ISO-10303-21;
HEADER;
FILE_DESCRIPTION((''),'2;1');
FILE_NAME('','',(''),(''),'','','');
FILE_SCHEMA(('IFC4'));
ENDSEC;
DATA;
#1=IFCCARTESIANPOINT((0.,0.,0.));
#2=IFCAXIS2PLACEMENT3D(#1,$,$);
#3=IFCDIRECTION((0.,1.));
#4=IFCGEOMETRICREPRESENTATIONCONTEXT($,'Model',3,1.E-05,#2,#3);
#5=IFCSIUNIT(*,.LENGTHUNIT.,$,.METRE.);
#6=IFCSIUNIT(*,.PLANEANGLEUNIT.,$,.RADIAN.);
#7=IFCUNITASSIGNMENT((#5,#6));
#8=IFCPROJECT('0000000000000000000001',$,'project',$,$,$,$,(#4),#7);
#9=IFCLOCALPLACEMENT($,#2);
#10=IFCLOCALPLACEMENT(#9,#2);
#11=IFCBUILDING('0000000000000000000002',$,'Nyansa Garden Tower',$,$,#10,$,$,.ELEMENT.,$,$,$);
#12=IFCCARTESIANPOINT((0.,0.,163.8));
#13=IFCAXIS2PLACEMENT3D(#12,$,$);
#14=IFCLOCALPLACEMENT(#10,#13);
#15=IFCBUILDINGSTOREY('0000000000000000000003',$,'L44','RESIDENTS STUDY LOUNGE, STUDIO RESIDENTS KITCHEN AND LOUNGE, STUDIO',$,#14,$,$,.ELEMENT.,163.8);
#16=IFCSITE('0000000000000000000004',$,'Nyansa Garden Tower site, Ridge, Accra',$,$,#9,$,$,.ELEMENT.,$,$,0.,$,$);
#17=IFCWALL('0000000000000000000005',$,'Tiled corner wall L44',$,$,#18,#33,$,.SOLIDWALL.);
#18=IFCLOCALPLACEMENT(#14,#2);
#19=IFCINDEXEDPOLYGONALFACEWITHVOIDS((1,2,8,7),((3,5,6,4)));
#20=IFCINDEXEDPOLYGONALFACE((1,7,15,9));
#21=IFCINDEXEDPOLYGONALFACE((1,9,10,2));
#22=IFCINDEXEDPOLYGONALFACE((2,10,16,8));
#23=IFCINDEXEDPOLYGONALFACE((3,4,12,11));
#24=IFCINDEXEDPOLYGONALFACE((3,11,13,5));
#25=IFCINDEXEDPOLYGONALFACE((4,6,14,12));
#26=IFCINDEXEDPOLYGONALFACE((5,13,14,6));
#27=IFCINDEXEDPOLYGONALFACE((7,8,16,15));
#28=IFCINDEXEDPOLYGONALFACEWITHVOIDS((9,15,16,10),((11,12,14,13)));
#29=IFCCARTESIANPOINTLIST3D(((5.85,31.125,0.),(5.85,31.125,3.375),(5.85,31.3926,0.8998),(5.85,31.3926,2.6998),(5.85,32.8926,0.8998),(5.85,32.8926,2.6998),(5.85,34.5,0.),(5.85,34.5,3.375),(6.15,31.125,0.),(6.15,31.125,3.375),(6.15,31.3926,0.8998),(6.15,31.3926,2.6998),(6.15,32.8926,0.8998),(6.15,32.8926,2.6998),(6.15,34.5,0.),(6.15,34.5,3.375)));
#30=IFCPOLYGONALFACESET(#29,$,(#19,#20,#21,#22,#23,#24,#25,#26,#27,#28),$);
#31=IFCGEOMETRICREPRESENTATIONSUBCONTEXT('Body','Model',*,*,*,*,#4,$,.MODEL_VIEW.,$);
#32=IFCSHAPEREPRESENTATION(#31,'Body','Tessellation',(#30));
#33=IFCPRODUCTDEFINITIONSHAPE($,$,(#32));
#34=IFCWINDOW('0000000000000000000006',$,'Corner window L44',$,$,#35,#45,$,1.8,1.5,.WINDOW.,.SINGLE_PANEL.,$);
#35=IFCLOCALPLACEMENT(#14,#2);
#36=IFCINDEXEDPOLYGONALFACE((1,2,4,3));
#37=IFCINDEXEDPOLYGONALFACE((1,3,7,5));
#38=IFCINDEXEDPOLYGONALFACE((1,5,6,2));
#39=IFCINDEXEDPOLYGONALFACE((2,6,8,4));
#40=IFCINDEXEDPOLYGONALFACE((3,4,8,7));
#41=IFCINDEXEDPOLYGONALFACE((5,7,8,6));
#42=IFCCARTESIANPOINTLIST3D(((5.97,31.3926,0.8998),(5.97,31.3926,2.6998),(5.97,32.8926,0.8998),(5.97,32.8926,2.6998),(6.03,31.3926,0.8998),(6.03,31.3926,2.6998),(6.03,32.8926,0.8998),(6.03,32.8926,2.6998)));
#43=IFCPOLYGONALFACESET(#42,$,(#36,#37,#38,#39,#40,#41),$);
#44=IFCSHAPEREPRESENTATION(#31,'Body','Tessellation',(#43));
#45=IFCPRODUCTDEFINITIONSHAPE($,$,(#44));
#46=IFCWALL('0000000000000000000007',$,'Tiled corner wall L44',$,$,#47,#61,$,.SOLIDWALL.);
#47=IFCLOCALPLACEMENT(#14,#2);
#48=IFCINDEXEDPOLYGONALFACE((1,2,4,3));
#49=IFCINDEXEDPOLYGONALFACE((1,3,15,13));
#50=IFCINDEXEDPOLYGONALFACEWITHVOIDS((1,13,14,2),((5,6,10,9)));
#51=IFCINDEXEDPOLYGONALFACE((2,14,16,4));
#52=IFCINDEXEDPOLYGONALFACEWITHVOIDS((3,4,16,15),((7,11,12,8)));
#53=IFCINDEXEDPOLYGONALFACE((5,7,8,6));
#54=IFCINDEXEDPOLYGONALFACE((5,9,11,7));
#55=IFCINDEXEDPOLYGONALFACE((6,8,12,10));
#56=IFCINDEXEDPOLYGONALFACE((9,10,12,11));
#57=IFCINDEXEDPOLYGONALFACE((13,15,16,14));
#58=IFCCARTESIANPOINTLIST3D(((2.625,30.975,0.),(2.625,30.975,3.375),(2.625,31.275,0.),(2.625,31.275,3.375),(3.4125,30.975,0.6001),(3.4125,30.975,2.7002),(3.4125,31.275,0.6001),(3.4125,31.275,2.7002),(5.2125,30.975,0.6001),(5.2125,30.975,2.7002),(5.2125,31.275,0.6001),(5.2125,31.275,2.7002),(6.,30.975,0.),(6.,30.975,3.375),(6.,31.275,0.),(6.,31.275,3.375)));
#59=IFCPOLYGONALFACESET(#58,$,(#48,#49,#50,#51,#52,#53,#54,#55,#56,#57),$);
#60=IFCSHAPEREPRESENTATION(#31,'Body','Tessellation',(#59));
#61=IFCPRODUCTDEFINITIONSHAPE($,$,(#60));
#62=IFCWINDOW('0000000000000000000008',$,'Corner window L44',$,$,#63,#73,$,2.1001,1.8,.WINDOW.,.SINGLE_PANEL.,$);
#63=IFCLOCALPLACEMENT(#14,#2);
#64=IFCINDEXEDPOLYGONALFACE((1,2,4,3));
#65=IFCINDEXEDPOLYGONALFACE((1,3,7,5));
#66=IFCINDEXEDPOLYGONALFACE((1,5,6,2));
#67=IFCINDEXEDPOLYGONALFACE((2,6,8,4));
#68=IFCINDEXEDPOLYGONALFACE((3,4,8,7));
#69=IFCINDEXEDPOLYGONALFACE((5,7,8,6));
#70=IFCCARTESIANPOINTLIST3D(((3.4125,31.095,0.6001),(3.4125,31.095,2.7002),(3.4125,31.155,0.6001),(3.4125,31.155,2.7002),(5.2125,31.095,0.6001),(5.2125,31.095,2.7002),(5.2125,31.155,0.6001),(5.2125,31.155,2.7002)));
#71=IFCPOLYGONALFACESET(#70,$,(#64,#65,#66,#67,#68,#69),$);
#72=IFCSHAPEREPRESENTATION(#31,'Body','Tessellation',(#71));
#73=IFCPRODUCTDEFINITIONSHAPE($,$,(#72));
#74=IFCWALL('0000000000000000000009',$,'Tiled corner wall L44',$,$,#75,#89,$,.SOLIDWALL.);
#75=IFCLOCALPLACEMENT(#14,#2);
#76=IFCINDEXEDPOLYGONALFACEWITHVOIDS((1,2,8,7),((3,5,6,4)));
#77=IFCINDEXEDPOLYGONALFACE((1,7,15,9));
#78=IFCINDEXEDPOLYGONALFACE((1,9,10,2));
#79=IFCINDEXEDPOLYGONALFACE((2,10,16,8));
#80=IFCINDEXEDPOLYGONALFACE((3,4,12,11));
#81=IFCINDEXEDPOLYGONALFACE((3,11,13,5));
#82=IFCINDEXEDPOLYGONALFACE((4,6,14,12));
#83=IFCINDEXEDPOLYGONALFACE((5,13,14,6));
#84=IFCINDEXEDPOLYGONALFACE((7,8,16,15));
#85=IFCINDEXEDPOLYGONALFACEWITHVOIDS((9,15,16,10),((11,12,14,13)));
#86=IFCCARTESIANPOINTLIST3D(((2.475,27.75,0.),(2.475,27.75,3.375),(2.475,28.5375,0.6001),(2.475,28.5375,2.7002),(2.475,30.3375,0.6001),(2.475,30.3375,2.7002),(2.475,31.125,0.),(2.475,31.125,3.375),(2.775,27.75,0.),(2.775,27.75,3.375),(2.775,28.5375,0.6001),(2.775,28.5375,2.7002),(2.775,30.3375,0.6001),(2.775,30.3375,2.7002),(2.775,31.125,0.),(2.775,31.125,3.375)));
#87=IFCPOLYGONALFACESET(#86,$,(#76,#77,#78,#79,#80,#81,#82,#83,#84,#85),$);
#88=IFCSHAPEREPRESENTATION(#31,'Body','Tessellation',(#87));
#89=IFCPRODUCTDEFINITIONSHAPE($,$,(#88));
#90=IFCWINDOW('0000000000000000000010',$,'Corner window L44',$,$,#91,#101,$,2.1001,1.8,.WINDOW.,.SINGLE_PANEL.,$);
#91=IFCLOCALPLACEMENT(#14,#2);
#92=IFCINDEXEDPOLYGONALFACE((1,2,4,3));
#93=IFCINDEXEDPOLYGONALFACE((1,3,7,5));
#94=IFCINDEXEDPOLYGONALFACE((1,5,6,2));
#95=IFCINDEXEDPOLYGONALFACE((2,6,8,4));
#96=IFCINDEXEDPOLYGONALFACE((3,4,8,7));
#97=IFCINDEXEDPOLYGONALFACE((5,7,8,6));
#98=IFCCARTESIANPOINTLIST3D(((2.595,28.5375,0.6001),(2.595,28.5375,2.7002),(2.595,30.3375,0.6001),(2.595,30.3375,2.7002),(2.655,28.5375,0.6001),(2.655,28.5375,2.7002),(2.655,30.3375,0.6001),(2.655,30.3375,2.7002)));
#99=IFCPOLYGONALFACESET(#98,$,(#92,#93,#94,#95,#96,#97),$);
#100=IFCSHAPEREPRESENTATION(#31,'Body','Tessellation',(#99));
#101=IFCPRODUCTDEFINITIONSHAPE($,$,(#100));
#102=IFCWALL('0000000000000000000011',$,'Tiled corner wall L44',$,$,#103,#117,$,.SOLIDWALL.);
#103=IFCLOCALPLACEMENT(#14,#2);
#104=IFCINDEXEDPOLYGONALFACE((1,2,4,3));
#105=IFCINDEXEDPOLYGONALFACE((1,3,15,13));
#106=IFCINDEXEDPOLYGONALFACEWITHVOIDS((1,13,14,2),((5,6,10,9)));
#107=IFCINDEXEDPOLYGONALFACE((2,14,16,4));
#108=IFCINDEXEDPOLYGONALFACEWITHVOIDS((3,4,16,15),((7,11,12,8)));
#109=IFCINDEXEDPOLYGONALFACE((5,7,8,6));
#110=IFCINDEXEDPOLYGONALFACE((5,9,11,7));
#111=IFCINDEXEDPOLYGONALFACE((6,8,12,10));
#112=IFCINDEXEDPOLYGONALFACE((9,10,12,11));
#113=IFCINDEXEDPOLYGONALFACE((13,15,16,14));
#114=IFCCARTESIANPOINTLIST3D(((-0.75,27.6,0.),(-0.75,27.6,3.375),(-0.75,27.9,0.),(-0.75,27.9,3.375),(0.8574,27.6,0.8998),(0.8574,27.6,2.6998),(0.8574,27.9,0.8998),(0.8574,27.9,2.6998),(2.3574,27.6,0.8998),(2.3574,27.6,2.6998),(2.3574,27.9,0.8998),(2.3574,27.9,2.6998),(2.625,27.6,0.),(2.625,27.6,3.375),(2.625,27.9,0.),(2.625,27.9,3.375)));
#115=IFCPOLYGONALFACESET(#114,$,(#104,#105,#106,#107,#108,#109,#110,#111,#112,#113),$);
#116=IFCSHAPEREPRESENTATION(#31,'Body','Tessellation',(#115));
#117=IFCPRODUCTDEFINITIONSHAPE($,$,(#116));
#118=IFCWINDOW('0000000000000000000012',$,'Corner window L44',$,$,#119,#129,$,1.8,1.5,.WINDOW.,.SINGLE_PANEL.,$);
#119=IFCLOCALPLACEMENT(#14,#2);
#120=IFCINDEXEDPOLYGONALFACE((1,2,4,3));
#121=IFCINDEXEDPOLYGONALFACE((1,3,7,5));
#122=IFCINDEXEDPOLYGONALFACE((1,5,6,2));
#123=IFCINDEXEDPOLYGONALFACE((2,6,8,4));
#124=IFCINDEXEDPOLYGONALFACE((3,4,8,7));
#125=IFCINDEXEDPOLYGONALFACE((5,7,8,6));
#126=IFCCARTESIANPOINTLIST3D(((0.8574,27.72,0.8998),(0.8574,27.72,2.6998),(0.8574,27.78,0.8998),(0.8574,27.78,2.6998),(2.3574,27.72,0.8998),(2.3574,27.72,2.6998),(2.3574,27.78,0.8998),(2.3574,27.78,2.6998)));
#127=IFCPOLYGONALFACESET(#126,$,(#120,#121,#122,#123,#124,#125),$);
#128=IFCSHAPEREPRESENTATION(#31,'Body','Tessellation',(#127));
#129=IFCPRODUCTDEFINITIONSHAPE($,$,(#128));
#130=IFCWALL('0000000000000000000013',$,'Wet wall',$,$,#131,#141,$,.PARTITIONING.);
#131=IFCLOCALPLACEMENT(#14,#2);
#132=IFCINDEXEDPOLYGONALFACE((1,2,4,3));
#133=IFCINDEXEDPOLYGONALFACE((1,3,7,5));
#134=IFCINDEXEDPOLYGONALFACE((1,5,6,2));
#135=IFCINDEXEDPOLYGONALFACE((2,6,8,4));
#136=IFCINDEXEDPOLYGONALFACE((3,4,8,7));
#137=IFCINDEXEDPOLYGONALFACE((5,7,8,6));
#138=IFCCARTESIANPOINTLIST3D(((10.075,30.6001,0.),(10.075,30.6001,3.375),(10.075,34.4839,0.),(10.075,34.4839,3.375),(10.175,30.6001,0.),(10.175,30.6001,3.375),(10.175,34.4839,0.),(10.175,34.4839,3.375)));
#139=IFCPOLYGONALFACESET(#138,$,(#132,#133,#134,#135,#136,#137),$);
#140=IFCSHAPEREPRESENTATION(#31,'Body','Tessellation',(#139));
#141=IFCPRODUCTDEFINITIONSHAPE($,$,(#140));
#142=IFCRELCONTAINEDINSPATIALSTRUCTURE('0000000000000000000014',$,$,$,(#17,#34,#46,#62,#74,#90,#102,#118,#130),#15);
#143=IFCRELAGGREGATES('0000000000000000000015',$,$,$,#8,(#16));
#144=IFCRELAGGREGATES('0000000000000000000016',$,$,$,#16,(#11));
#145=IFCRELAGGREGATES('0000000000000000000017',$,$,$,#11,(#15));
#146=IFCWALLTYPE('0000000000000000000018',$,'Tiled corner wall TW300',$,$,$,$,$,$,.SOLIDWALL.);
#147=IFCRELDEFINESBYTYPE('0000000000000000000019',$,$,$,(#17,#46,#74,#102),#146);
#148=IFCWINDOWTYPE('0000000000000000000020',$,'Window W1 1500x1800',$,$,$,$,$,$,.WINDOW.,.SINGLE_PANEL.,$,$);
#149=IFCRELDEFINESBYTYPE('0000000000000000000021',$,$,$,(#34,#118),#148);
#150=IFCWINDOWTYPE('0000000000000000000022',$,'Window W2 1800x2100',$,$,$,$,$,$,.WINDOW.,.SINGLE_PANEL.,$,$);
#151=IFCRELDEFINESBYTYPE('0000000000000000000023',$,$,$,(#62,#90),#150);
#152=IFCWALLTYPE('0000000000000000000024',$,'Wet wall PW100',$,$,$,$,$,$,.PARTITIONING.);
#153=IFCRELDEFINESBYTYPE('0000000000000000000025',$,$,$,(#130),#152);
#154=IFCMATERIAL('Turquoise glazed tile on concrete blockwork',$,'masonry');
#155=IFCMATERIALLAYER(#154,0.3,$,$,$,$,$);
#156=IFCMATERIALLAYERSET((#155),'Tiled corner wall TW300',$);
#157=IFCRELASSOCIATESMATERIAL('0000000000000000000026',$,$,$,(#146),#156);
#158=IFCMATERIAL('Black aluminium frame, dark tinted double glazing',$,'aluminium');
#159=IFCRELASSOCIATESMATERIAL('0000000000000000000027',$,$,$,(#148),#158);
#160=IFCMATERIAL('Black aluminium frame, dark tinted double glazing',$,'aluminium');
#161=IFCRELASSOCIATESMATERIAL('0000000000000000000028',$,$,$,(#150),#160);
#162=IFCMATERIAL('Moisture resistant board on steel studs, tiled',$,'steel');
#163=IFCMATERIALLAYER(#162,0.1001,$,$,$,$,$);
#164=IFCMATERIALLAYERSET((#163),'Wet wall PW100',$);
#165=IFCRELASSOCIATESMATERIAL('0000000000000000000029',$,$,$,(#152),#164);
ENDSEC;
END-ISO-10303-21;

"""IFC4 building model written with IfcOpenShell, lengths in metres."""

from ifc_helpers import new_model, si_unit, direction, frame, frame_2d, origin, place, context, subcontext, project, spatial, rectangle, extrude, material, layer, layer_set, type_object, element, fill, save


model = new_model("IFC4")

# Units and contexts
model_context = context("Model", 3, precision=1e-05, world=origin(), true_north=direction((0.0, 1.0)))
body_context = subcontext(model_context, "Body", "Model", "MODEL_VIEW")
ifc_project = project(units=[si_unit("LENGTHUNIT", "METRE"), si_unit("PLANEANGLEUNIT", "RADIAN")], contexts=[model_context])

# Site, building, storey
site_placement = place(None, origin())
site = spatial("IfcSite", under=ifc_project, at=site_placement, Name="Nyansa Garden Tower site, Ridge, Accra", CompositionType="ELEMENT", RefElevation=0.0)
building_placement = place(site_placement, origin())
building = spatial("IfcBuilding", under=site, at=building_placement, Name="Nyansa Garden Tower", CompositionType="ELEMENT")
storey_placement = place(building_placement, frame((0.0, 0.0, 163.8)))
storey = spatial("IfcBuildingStorey", under=building, at=storey_placement, Name="L44", Description="RESIDENTS STUDY LOUNGE, STUDIO RESIDENTS KITCHEN AND LOUNGE, STUDIO", CompositionType="ELEMENT", Elevation=163.8)

# Walls, openings, windows
ifc_material_1 = material(Name="Turquoise glazed tile on concrete blockwork", Category="masonry")
ifc_layer_1 = layer(ifc_material_1, 0.3)
ifc_layer_set_1 = layer_set([ifc_layer_1], Name="Tiled corner wall TW300")
wall_type_1 = type_object("IfcWallType", Name="Tiled corner wall TW300", PredefinedType="SOLIDWALL", material=ifc_layer_set_1)
wall_1_placement = place(storey_placement, frame((6.0, 34.5, 0.0), z_axis=(0.0, 0.0, 1.0), x_axis=(0.0, -1.0, 0.0)))
wall_1 = element("IfcWall", 1, at=wall_1_placement, inside=storey, type_object=wall_type_1, Name="Tiled corner wall L44", PredefinedType="SOLIDWALL", context=body_context, shape_type="SweptSolid", body=[
    extrude(rectangle(XDim=3.375, YDim=0.3, at=frame_2d((1.6875, 0.0))), origin(), (0.0, 0.0, 1.0), 3.375),
])
opening_1_placement = place(wall_1_placement, frame((1.6074, 0.0, 0.8999)))
opening_1 = element("IfcOpeningElement", 2, at=opening_1_placement, cuts=wall_1, PredefinedType="OPENING", context=body_context, shape_type="SweptSolid", body=[
    extrude(rectangle(XDim=1.5, YDim=1.8, at=frame_2d((0.75, 0.8999))), frame((0.0, 0.1599, 0.0), z_axis=(0.0, -1.0, 0.0), x_axis=(1.0, 0.0, 0.0)), (0.0, 0.0, 1.0), 0.3201),
])
ifc_material_2 = material(Name="Black aluminium frame, dark tinted double glazing", Category="aluminium")
window_type_1 = type_object("IfcWindowType", Name="Window W1 1500x1800", PartitioningType="SINGLE_PANEL", PredefinedType="WINDOW", material=ifc_material_2)
window_1_placement = place(opening_1_placement, origin())
window_1 = element("IfcWindow", 3, at=window_1_placement, inside=storey, type_object=window_type_1, Name="Corner window L44", OverallHeight=1.8, OverallWidth=1.5, PartitioningType="SINGLE_PANEL", PredefinedType="WINDOW", context=body_context, shape_type="SweptSolid", body=[
    extrude(rectangle(XDim=1.5, YDim=1.8, at=frame_2d((0.75, 0.8999))), frame((0.0, 0.03, 0.0), z_axis=(0.0, -1.0, 0.0), x_axis=(1.0, 0.0, 0.0)), (0.0, 0.0, 1.0), 0.0601),
])
fill(opening_1, window_1)
wall_2_placement = place(storey_placement, frame((6.0, 31.125, 0.0), z_axis=(0.0, 0.0, 1.0), x_axis=(-1.0, 0.0, 0.0)))
wall_2 = element("IfcWall", 4, at=wall_2_placement, inside=storey, type_object=wall_type_1, Name="Tiled corner wall L44", PredefinedType="SOLIDWALL", context=body_context, shape_type="SweptSolid", body=[
    extrude(rectangle(XDim=3.375, YDim=0.3, at=frame_2d((1.6875, 0.0))), origin(), (0.0, 0.0, 1.0), 3.375),
])
opening_2_placement = place(wall_2_placement, frame((0.7876, 0.0, 0.6001)))
opening_2 = element("IfcOpeningElement", 5, at=opening_2_placement, cuts=wall_2, PredefinedType="OPENING", context=body_context, shape_type="SweptSolid", body=[
    extrude(rectangle(XDim=1.8, YDim=2.1001, at=frame_2d((0.8999, 1.05))), frame((0.0, 0.1599, 0.0), z_axis=(0.0, -1.0, 0.0), x_axis=(1.0, 0.0, 0.0)), (0.0, 0.0, 1.0), 0.3201),
])
ifc_material_3 = material(Name="Black aluminium frame, dark tinted double glazing", Category="aluminium")
window_type_2 = type_object("IfcWindowType", Name="Window W2 1800x2100", PartitioningType="SINGLE_PANEL", PredefinedType="WINDOW", material=ifc_material_3)
window_2_placement = place(opening_2_placement, origin())
window_2 = element("IfcWindow", 6, at=window_2_placement, inside=storey, type_object=window_type_2, Name="Corner window L44", OverallHeight=2.1001, OverallWidth=1.8, PartitioningType="SINGLE_PANEL", PredefinedType="WINDOW", context=body_context, shape_type="SweptSolid", body=[
    extrude(rectangle(XDim=1.8, YDim=2.1001, at=frame_2d((0.8999, 1.05))), frame((0.0, 0.03, 0.0), z_axis=(0.0, -1.0, 0.0), x_axis=(1.0, 0.0, 0.0)), (0.0, 0.0, 1.0), 0.0601),
])
fill(opening_2, window_2)
wall_3_placement = place(storey_placement, frame((2.625, 31.125, 0.0), z_axis=(0.0, 0.0, 1.0), x_axis=(0.0, -1.0, 0.0)))
wall_3 = element("IfcWall", 7, at=wall_3_placement, inside=storey, type_object=wall_type_1, Name="Tiled corner wall L44", PredefinedType="SOLIDWALL", context=body_context, shape_type="SweptSolid", body=[
    extrude(rectangle(XDim=3.375, YDim=0.3, at=frame_2d((1.6875, 0.0))), origin(), (0.0, 0.0, 1.0), 3.375),
])
opening_3_placement = place(wall_3_placement, frame((0.7876, 0.0, 0.6001)))
opening_3 = element("IfcOpeningElement", 8, at=opening_3_placement, cuts=wall_3, PredefinedType="OPENING", context=body_context, shape_type="SweptSolid", body=[
    extrude(rectangle(XDim=1.8, YDim=2.1001, at=frame_2d((0.8999, 1.05))), frame((0.0, 0.1599, 0.0), z_axis=(0.0, -1.0, 0.0), x_axis=(1.0, 0.0, 0.0)), (0.0, 0.0, 1.0), 0.3201),
])
window_3_placement = place(opening_3_placement, origin())
window_3 = element("IfcWindow", 9, at=window_3_placement, inside=storey, type_object=window_type_2, Name="Corner window L44", OverallHeight=2.1001, OverallWidth=1.8, PartitioningType="SINGLE_PANEL", PredefinedType="WINDOW", context=body_context, shape_type="SweptSolid", body=[
    extrude(rectangle(XDim=1.8, YDim=2.1001, at=frame_2d((0.8999, 1.05))), frame((0.0, 0.03, 0.0), z_axis=(0.0, -1.0, 0.0), x_axis=(1.0, 0.0, 0.0)), (0.0, 0.0, 1.0), 0.0601),
])
fill(opening_3, window_3)
wall_4_placement = place(storey_placement, frame((2.625, 27.75, 0.0), z_axis=(0.0, 0.0, 1.0), x_axis=(-1.0, 0.0, 0.0)))
wall_4 = element("IfcWall", 10, at=wall_4_placement, inside=storey, type_object=wall_type_1, Name="Tiled corner wall L44", PredefinedType="SOLIDWALL", context=body_context, shape_type="SweptSolid", body=[
    extrude(rectangle(XDim=3.375, YDim=0.3, at=frame_2d((1.6875, 0.0))), origin(), (0.0, 0.0, 1.0), 3.375),
])
opening_4_placement = place(wall_4_placement, frame((0.2676, 0.0, 0.8999)))
opening_4 = element("IfcOpeningElement", 11, at=opening_4_placement, cuts=wall_4, PredefinedType="OPENING", context=body_context, shape_type="SweptSolid", body=[
    extrude(rectangle(XDim=1.5, YDim=1.8, at=frame_2d((0.75, 0.8999))), frame((0.0, 0.1599, 0.0), z_axis=(0.0, -1.0, 0.0), x_axis=(1.0, 0.0, 0.0)), (0.0, 0.0, 1.0), 0.3201),
])
window_4_placement = place(opening_4_placement, origin())
window_4 = element("IfcWindow", 12, at=window_4_placement, inside=storey, type_object=window_type_1, Name="Corner window L44", OverallHeight=1.8, OverallWidth=1.5, PartitioningType="SINGLE_PANEL", PredefinedType="WINDOW", context=body_context, shape_type="SweptSolid", body=[
    extrude(rectangle(XDim=1.5, YDim=1.8, at=frame_2d((0.75, 0.8999))), frame((0.0, 0.03, 0.0), z_axis=(0.0, -1.0, 0.0), x_axis=(1.0, 0.0, 0.0)), (0.0, 0.0, 1.0), 0.0601),
])
fill(opening_4, window_4)

# Wall
ifc_material_4 = material(Name="Moisture resistant board on steel studs, tiled", Category="steel")
ifc_layer_2 = layer(ifc_material_4, 0.1001)
ifc_layer_set_2 = layer_set([ifc_layer_2], Name="Wet wall PW100")
wall_type_2 = type_object("IfcWallType", Name="Wet wall PW100", PredefinedType="PARTITIONING", material=ifc_layer_set_2)
wall_5_placement = place(storey_placement, frame((10.125, 30.6001, 0.0), z_axis=(0.0, 0.0, 1.0), x_axis=(0.0, 1.0, 0.0)))
element("IfcWall", 13, at=wall_5_placement, inside=storey, type_object=wall_type_2, Name="Wet wall", PredefinedType="PARTITIONING", context=body_context, shape_type="SweptSolid", body=[
    extrude(rectangle(XDim=3.8838, YDim=0.1001, at=frame_2d((1.9419, 0.0))), origin(), (0.0, 0.0, 1.0), 3.375),
])

save(model, "model.ifc")
